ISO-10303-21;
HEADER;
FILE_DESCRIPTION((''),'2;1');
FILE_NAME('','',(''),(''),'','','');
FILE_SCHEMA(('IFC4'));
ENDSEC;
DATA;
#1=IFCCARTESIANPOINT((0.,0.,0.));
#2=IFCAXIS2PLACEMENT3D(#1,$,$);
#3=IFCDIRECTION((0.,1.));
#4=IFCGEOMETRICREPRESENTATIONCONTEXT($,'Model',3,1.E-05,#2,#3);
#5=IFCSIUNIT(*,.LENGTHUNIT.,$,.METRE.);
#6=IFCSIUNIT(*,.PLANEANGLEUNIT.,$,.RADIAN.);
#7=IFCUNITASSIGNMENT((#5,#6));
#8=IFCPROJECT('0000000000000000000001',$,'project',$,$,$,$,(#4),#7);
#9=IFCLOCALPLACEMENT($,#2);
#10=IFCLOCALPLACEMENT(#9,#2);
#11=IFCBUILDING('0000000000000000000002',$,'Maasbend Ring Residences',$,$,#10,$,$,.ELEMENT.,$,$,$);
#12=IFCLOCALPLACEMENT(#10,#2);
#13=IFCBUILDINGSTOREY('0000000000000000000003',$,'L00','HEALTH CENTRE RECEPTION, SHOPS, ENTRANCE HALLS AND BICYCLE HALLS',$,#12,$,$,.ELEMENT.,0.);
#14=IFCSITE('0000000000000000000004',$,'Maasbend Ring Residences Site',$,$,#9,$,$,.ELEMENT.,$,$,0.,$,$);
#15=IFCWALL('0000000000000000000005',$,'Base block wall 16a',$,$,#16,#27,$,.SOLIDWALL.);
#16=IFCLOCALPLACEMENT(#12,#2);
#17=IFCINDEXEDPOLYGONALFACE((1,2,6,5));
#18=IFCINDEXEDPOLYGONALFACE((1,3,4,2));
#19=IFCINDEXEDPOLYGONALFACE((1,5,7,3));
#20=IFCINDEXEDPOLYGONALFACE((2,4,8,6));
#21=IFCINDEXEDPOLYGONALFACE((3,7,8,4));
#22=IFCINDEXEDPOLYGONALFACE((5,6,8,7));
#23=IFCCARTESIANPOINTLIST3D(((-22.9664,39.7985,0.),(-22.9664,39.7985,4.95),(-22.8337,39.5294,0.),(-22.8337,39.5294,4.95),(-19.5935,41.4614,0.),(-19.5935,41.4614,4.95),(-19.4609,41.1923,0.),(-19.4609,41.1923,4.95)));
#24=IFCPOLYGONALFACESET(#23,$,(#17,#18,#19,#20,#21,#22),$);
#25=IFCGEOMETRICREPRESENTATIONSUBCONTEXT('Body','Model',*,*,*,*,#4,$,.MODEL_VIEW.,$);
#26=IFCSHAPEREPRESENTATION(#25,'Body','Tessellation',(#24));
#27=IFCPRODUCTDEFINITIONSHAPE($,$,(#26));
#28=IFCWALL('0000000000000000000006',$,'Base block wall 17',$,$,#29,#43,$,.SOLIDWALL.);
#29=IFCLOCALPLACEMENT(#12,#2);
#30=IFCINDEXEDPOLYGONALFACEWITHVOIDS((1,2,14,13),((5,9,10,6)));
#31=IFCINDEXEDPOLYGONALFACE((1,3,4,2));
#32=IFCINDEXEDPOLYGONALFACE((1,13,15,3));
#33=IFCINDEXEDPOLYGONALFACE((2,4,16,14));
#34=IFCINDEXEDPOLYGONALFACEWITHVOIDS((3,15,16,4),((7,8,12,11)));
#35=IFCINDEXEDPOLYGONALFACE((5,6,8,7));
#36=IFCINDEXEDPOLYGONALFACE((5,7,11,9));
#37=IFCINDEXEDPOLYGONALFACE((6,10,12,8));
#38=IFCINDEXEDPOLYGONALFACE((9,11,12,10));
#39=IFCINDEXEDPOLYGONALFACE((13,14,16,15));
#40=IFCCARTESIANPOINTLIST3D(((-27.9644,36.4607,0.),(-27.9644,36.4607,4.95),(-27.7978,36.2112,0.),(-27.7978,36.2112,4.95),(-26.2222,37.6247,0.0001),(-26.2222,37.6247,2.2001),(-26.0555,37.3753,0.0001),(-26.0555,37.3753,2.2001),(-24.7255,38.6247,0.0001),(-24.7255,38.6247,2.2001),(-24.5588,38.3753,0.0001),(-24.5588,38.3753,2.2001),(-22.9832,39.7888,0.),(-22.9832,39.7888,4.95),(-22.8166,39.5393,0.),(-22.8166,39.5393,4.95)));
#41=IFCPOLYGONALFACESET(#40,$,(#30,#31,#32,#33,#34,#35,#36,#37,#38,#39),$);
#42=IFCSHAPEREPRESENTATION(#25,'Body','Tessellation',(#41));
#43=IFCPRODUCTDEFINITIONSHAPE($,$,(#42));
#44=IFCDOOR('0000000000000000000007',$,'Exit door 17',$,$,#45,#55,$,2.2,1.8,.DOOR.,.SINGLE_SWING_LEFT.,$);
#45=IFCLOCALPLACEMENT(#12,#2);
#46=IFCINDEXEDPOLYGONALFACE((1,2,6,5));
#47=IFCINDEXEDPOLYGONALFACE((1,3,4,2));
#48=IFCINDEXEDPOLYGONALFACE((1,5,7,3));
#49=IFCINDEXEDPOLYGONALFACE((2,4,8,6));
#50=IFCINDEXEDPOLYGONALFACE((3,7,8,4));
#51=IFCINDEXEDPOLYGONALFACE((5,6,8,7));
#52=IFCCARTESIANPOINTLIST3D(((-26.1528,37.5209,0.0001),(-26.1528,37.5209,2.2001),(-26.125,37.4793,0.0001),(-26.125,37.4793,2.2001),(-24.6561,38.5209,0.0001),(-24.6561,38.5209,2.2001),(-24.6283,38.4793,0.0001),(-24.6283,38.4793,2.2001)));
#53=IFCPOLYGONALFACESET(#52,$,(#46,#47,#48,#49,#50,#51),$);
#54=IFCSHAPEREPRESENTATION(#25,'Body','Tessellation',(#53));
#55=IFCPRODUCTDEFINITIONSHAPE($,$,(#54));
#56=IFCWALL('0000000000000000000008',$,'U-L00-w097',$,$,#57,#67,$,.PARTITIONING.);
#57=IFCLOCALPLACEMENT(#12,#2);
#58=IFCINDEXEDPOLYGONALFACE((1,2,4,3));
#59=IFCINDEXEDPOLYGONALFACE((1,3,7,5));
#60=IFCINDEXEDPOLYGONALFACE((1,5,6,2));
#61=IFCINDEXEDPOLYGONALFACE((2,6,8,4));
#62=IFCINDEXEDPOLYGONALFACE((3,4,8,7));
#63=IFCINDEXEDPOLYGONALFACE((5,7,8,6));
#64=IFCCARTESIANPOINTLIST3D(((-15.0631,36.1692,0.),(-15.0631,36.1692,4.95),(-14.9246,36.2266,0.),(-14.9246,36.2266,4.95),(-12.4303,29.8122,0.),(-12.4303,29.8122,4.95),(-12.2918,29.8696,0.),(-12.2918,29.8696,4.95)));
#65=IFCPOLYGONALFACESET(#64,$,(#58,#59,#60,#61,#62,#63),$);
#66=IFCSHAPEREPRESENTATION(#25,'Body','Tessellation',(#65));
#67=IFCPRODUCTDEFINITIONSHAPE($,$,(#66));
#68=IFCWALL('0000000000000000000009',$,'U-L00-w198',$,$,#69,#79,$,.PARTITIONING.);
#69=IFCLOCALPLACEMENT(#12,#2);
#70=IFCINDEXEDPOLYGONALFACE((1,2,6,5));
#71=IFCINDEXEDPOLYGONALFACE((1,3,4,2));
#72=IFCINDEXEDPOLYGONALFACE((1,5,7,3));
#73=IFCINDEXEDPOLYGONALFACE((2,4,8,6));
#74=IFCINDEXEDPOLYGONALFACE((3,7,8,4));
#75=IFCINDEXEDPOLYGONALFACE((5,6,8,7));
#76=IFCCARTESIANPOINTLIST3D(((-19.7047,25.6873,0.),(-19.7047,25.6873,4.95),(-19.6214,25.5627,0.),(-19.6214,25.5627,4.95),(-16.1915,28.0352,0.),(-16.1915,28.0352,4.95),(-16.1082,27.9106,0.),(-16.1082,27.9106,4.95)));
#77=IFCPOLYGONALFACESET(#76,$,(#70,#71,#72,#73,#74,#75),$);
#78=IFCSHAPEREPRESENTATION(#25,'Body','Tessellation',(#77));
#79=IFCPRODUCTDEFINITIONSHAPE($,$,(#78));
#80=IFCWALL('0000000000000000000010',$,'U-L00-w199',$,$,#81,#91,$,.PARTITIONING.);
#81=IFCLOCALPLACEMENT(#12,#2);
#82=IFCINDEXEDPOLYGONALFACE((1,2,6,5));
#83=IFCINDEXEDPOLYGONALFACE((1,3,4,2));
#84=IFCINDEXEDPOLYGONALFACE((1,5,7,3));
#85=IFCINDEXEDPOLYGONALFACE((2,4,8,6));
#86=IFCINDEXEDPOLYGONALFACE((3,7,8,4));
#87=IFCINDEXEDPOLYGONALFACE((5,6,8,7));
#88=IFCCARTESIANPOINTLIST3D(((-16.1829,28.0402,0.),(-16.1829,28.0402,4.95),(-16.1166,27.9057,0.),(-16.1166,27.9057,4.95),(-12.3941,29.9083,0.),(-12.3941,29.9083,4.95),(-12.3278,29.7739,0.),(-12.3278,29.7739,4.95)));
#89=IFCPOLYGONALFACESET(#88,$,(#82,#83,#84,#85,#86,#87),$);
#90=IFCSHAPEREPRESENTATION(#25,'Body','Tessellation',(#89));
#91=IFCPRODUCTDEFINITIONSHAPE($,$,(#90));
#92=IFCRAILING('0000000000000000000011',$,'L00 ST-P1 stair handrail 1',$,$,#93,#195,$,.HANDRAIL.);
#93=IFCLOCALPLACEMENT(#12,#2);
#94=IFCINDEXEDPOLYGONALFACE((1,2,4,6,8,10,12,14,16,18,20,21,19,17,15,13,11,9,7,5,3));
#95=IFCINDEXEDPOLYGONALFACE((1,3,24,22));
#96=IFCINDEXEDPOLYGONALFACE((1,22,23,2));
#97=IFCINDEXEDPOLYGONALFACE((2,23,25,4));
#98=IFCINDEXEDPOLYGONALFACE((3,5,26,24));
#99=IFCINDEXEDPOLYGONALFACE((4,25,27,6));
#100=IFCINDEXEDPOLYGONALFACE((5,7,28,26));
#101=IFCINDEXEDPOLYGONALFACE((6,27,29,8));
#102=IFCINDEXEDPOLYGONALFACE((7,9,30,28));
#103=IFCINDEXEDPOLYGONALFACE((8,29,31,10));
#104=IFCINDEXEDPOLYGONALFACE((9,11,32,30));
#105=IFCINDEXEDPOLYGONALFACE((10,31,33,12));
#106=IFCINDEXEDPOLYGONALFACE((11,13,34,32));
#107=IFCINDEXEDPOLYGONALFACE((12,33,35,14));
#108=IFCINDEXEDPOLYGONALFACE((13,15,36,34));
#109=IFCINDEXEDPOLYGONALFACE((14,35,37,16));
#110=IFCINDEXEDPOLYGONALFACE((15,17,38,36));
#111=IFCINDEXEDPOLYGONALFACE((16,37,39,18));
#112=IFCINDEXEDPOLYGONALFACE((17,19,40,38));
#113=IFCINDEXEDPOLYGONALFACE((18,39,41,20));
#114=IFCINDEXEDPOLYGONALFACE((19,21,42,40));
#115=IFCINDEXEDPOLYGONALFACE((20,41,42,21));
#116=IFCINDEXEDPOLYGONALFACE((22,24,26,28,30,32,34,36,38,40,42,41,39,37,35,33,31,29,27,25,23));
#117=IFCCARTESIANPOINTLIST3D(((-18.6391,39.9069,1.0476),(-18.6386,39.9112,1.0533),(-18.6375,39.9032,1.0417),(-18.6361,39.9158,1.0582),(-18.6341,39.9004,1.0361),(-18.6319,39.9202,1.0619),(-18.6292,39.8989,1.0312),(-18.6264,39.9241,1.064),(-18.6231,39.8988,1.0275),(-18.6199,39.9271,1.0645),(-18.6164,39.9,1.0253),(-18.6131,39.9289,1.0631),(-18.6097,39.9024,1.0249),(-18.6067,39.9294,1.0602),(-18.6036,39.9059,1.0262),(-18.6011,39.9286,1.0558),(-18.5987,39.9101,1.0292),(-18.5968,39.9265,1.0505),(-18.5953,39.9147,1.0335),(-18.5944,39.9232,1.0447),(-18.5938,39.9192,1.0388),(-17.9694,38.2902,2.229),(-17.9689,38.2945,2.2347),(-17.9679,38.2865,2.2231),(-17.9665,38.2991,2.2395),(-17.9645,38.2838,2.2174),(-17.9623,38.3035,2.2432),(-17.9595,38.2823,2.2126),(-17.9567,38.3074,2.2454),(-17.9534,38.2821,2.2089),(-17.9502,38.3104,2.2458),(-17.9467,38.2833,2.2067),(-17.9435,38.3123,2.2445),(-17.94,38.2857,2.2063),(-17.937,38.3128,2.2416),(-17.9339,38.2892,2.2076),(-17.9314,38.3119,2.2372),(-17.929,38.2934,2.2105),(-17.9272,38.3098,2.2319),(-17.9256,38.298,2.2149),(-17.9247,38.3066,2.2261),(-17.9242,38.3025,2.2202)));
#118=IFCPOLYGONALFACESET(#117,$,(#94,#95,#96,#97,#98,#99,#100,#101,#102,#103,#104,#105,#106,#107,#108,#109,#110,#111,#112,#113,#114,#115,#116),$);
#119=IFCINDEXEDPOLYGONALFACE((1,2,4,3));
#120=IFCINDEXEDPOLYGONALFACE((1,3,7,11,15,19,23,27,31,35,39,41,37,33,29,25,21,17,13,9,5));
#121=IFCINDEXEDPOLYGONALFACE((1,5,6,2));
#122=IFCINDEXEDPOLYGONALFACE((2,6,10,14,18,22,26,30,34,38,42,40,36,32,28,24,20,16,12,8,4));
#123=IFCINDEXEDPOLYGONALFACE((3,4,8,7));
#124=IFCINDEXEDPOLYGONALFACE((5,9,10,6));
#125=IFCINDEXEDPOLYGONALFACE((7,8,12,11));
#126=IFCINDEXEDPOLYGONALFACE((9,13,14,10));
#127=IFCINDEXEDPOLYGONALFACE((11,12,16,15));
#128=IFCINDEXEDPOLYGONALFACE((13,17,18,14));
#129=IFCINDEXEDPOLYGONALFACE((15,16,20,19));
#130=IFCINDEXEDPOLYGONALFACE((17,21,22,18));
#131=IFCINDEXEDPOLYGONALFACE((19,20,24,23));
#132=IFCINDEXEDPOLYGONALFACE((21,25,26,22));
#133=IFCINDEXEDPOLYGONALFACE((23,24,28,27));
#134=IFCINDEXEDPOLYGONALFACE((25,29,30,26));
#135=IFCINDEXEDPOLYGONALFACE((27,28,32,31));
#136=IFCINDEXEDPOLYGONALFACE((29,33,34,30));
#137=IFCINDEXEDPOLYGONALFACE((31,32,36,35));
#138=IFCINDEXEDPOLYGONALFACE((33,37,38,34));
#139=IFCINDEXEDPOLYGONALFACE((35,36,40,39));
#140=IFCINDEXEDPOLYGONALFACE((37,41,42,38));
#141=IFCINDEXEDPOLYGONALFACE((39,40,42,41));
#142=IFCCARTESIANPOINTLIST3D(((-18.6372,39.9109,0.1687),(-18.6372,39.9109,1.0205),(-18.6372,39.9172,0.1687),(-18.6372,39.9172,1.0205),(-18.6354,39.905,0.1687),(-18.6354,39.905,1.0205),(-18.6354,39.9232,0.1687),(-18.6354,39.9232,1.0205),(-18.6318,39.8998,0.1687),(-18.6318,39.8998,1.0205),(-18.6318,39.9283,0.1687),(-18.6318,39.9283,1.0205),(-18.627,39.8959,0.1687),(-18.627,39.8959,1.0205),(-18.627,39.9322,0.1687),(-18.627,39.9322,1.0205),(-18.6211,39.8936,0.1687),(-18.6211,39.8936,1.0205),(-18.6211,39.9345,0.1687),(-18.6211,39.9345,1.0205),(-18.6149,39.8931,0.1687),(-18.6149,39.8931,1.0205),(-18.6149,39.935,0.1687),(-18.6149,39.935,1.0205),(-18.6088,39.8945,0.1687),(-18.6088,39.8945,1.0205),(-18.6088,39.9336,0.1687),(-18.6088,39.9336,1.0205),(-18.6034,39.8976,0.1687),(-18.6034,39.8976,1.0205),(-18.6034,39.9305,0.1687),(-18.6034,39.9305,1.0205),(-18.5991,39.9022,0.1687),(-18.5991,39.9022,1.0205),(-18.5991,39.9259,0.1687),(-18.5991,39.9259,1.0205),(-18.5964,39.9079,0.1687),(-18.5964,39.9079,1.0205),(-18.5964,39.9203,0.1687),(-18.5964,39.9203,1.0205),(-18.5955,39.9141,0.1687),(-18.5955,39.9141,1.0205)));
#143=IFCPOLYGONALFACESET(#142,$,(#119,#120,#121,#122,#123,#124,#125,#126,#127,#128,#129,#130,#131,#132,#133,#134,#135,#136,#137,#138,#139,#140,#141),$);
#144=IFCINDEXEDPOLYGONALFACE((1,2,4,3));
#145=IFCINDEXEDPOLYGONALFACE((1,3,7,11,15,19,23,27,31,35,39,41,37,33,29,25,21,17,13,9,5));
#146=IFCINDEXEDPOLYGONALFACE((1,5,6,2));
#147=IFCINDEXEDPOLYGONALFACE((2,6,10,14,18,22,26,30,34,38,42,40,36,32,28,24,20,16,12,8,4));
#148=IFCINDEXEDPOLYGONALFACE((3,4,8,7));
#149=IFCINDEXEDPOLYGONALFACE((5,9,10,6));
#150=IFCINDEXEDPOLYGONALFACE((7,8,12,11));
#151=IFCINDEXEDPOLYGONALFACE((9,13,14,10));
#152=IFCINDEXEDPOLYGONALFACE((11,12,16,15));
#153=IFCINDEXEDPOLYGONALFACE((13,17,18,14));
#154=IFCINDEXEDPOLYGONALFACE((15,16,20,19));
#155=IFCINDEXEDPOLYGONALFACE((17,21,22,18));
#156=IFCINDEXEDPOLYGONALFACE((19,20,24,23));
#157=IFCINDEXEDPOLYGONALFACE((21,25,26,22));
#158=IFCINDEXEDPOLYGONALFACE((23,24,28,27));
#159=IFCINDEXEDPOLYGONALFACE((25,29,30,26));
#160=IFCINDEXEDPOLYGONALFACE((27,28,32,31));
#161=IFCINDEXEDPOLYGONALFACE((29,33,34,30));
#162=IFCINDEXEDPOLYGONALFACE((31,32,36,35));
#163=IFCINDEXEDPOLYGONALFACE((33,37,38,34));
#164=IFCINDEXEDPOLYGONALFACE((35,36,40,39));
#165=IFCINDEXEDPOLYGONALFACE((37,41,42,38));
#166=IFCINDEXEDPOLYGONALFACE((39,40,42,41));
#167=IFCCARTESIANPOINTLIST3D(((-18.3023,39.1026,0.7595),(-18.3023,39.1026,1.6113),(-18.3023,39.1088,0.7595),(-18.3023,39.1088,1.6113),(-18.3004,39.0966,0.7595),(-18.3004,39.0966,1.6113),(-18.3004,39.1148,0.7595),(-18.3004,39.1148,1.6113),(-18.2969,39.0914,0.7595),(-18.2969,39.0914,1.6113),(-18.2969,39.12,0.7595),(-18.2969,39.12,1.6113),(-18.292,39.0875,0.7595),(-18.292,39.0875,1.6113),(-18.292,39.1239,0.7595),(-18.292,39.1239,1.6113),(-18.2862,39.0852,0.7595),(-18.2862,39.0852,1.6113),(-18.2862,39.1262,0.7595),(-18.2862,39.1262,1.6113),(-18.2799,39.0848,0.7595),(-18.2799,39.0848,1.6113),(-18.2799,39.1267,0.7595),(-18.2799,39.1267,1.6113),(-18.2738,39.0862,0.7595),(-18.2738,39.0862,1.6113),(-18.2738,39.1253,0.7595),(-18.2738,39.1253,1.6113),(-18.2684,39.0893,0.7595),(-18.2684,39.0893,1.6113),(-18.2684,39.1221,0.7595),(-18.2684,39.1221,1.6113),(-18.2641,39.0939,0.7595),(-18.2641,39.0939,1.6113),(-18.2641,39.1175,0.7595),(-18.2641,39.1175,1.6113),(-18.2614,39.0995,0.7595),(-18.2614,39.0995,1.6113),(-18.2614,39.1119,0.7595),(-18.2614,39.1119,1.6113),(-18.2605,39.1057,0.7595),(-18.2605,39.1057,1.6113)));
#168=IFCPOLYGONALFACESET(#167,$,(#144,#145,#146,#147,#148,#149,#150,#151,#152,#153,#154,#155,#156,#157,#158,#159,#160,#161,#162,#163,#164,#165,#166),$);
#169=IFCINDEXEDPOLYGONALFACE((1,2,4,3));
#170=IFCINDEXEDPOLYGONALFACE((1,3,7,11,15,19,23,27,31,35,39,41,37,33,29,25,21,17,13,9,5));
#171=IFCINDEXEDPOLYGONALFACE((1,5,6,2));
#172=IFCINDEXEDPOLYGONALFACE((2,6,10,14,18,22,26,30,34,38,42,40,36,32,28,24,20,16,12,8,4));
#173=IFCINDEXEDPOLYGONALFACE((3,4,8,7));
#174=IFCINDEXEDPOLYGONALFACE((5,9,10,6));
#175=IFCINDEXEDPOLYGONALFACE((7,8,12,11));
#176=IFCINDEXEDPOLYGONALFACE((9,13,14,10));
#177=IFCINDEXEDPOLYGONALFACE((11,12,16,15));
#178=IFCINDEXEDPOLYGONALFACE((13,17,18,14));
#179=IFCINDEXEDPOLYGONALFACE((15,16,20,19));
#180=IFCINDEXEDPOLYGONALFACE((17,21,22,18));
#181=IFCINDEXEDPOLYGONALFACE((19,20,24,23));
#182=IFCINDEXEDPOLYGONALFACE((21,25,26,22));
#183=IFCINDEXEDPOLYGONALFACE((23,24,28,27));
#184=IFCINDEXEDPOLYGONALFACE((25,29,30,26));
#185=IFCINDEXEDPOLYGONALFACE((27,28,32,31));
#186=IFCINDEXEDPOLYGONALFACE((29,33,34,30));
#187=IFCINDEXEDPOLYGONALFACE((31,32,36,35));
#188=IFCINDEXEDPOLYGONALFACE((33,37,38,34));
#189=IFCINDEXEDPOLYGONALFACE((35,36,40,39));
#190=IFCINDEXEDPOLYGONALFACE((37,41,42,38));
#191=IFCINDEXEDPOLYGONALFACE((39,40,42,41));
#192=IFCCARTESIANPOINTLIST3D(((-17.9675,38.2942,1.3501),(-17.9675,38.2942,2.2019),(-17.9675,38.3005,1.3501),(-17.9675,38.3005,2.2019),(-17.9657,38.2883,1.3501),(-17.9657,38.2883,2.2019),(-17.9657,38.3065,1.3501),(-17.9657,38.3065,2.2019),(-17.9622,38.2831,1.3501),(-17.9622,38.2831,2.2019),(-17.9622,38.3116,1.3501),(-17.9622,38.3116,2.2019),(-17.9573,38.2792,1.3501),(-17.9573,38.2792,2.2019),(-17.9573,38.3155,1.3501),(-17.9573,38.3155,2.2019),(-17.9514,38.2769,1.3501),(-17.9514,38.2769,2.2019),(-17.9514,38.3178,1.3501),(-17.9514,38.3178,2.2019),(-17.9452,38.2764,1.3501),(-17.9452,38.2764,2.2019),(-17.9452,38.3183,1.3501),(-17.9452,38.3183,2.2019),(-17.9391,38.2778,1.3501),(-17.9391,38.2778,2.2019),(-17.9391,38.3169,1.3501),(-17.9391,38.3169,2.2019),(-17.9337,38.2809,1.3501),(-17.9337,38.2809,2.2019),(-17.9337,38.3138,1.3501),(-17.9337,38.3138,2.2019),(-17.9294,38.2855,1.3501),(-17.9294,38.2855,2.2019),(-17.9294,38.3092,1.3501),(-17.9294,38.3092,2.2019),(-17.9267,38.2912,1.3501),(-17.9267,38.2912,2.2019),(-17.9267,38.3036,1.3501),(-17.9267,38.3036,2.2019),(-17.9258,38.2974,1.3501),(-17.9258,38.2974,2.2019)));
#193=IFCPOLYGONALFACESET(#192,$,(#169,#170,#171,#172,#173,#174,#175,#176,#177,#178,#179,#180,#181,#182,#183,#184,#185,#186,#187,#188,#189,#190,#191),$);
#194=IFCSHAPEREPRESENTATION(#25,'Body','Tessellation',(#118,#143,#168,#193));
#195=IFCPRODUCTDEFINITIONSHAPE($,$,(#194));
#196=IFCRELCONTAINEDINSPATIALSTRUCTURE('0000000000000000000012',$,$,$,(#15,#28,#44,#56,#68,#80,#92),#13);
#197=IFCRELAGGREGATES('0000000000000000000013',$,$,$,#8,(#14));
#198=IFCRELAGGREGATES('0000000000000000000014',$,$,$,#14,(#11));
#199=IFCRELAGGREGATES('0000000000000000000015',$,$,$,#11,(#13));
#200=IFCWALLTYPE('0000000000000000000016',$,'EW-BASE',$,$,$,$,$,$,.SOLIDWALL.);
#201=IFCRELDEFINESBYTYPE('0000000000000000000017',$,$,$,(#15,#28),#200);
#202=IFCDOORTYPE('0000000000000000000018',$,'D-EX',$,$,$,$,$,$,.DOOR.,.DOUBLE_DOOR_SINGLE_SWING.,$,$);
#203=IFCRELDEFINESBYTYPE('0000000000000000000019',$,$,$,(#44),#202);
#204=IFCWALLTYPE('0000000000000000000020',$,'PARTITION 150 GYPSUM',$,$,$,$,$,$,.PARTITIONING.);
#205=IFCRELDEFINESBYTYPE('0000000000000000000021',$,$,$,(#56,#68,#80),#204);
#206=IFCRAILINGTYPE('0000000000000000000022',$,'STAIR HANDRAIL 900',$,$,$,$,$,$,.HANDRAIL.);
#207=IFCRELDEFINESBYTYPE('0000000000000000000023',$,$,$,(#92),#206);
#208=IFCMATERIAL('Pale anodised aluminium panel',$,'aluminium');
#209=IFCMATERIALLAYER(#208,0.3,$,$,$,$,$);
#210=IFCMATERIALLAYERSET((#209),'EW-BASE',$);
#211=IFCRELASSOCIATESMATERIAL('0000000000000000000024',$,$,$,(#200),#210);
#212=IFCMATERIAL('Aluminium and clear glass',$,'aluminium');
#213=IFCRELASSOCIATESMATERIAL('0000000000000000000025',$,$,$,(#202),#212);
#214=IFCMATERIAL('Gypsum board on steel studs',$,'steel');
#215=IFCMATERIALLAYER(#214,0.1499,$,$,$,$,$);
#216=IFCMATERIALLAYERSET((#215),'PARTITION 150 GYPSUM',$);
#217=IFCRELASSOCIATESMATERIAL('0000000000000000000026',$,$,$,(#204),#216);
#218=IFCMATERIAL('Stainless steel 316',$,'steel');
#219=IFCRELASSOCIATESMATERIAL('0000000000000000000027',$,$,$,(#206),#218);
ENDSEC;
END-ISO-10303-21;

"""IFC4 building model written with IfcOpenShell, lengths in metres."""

from ifc_helpers import new_model, si_unit, direction, frame, frame_2d, origin, origin_2d, place, context, subcontext, project, spatial, rectangle, circle, extrude, material, layer, layer_set, type_object, element, fill, save


model = new_model("IFC4")

# Units and contexts
model_context = context("Model", 3, precision=1e-05, world=origin(), true_north=direction((0.0, 1.0)))
body_context = subcontext(model_context, "Body", "Model", "MODEL_VIEW")
ifc_project = project(units=[si_unit("LENGTHUNIT", "METRE"), si_unit("PLANEANGLEUNIT", "RADIAN")], contexts=[model_context])

# Site, building, storey
site_placement = place(None, origin())
site = spatial("IfcSite", under=ifc_project, at=site_placement, Name="Maasbend Ring Residences Site", CompositionType="ELEMENT", RefElevation=0.0)
building_placement = place(site_placement, origin())
building = spatial("IfcBuilding", under=site, at=building_placement, Name="Maasbend Ring Residences", CompositionType="ELEMENT")
storey_placement = place(building_placement, origin())
storey = spatial("IfcBuildingStorey", under=building, at=storey_placement, Name="L00", Description="HEALTH CENTRE RECEPTION, SHOPS, ENTRANCE HALLS AND BICYCLE HALLS", CompositionType="ELEMENT", Elevation=0.0)

# Wall
ifc_material_1 = material(Name="Pale anodised aluminium panel", Category="aluminium")
ifc_layer_1 = layer(ifc_material_1, 0.3)
ifc_layer_set_1 = layer_set([ifc_layer_1], Name="EW-BASE")
wall_type_1 = type_object("IfcWallType", Name="EW-BASE", PredefinedType="SOLIDWALL", material=ifc_layer_set_1)
wall_1_placement = place(storey_placement, frame((-19.5271, 41.3269, 0.0), z_axis=(0.0, 0.0, 1.0), x_axis=(-0.896919, -0.442194, 0.0)))
element("IfcWall", 1, at=wall_1_placement, inside=storey, type_object=wall_type_1, Name="Base block wall 16a", PredefinedType="SOLIDWALL", context=body_context, shape_type="SweptSolid", body=[
    extrude(rectangle(XDim=3.7605, YDim=0.3, at=frame_2d((1.8804, 0.0))), origin(), (0.0, 0.0, 1.0), 4.95),
])

# Wall, opening, door
wall_2_placement = place(storey_placement, frame((-22.8999, 39.6641, 0.0), z_axis=(0.0, 0.0, 1.0), x_axis=(-0.831486, -0.555546, 0.0)))
wall_2 = element("IfcWall", 2, at=wall_2_placement, inside=storey, type_object=wall_type_1, Name="Base block wall 17", PredefinedType="SOLIDWALL", context=body_context, shape_type="SweptSolid", body=[
    extrude(rectangle(XDim=5.9907, YDim=0.3, at=frame_2d((2.9954, 0.0))), origin(), (0.0, 0.0, 1.0), 4.95),
])
opening_1_placement = place(wall_2_placement, frame((2.0955, 0.0, 0.0)))
opening_1 = element("IfcOpeningElement", 3, at=opening_1_placement, cuts=wall_2, PredefinedType="OPENING", context=body_context, shape_type="SweptSolid", body=[
    extrude(rectangle(XDim=1.8, YDim=2.2, at=frame_2d((0.8999, 1.1001))), frame((0.0, 0.1602, 0.0), z_axis=(0.0, -1.0, 0.0), x_axis=(1.0, 0.0, 0.0)), (0.0, 0.0, 1.0), 0.3201),
])
ifc_material_2 = material(Name="Aluminium and clear glass", Category="aluminium")
door_type_1 = type_object("IfcDoorType", Name="D-EX", OperationType="DOUBLE_DOOR_SINGLE_SWING", PredefinedType="DOOR", material=ifc_material_2)
door_1_placement = place(opening_1_placement, origin())
door_1 = element("IfcDoor", 4, at=door_1_placement, inside=storey, type_object=door_type_1, Name="Exit door 17", OperationType="SINGLE_SWING_LEFT", OverallHeight=2.2, OverallWidth=1.8, PredefinedType="DOOR", context=body_context, shape_type="SweptSolid", body=[
    extrude(rectangle(XDim=1.8, YDim=2.2, at=frame_2d((0.8999, 1.1001))), frame((0.0, 0.0249, 0.0), z_axis=(0.0, -1.0, 0.0), x_axis=(1.0, 0.0, 0.0)), (0.0, 0.0, 1.0), 0.05),
])
fill(opening_1, door_1)

# Walls
ifc_material_3 = material(Name="Gypsum board on steel studs", Category="steel")
ifc_layer_2 = layer(ifc_material_3, 0.1499)
ifc_layer_set_2 = layer_set([ifc_layer_2], Name="PARTITION 150 GYPSUM")
wall_type_2 = type_object("IfcWallType", Name="PARTITION 150 GYPSUM", PredefinedType="PARTITIONING", material=ifc_layer_set_2)
wall_3_placement = place(storey_placement, frame((-14.9939, 36.198, 0.0), z_axis=(0.0, 0.0, 1.0), x_axis=(0.382644, -0.923896, 0.0)))
element("IfcWall", 5, at=wall_3_placement, inside=storey, type_object=wall_type_2, Name="U-L00-w097", PredefinedType="PARTITIONING", context=body_context, shape_type="SweptSolid", body=[
    extrude(rectangle(XDim=6.8806, YDim=0.1499, at=frame_2d((3.4404, 0.0))), origin(), (0.0, 0.0, 1.0), 4.95),
])
wall_4_placement = place(storey_placement, frame((-19.6631, 25.625, 0.0), z_axis=(0.0, 0.0, 1.0), x_axis=(0.831419, 0.555646, 0.0)))
element("IfcWall", 6, at=wall_4_placement, inside=storey, type_object=wall_type_2, Name="U-L00-w198", PredefinedType="PARTITIONING", context=body_context, shape_type="SweptSolid", body=[
    extrude(rectangle(XDim=4.2256, YDim=0.1499, at=frame_2d((2.1128, 0.0))), origin(), (0.0, 0.0, 1.0), 4.95),
])
wall_5_placement = place(storey_placement, frame((-16.1499, 27.9729, 0.0), z_axis=(0.0, 0.0, 1.0), x_axis=(0.896899, 0.442236, 0.0)))
element("IfcWall", 7, at=wall_5_placement, inside=storey, type_object=wall_type_2, Name="U-L00-w199", PredefinedType="PARTITIONING", context=body_context, shape_type="SweptSolid", body=[
    extrude(rectangle(XDim=4.2244, YDim=0.1499, at=frame_2d((2.1123, 0.0))), origin(), (0.0, 0.0, 1.0), 4.95),
])

# Railing
ifc_material_4 = material(Name="Stainless steel 316", Category="steel")
railing_type_1 = type_object("IfcRailingType", Name="STAIR HANDRAIL 900", PredefinedType="HANDRAIL", material=ifc_material_4)
railing_1_placement = place(storey_placement, frame((-18.6165, 39.9141, 0.1687)))
element("IfcRailing", 8, at=railing_1_placement, inside=storey, type_object=railing_type_1, Name="L00 ST-P1 stair handrail 1", PredefinedType="HANDRAIL", context=body_context, shape_type="SweptSolid", body=[
    extrude(circle(Radius=0.0239, at=origin_2d()), frame((0.0, 0.0, 0.876), z_axis=(0.317177, -0.765711, 0.55954), x_axis=(0.923876, 0.382693, 0.0)), (0.0, 0.0, 1.0), 2.1113),
    extrude(circle(Radius=0.021, at=origin_2d()), origin(), (0.0, 0.0, 1.0), 0.8518),
    extrude(circle(Radius=0.021, at=origin_2d()), frame((0.335, -0.8083, 0.5908)), (0.0, 0.0, 1.0), 0.8518),
    extrude(circle(Radius=0.021, at=origin_2d()), frame((0.6697, -1.6167, 1.1814)), (0.0, 0.0, 1.0), 0.8518),
])

save(model, "model.ifc")
